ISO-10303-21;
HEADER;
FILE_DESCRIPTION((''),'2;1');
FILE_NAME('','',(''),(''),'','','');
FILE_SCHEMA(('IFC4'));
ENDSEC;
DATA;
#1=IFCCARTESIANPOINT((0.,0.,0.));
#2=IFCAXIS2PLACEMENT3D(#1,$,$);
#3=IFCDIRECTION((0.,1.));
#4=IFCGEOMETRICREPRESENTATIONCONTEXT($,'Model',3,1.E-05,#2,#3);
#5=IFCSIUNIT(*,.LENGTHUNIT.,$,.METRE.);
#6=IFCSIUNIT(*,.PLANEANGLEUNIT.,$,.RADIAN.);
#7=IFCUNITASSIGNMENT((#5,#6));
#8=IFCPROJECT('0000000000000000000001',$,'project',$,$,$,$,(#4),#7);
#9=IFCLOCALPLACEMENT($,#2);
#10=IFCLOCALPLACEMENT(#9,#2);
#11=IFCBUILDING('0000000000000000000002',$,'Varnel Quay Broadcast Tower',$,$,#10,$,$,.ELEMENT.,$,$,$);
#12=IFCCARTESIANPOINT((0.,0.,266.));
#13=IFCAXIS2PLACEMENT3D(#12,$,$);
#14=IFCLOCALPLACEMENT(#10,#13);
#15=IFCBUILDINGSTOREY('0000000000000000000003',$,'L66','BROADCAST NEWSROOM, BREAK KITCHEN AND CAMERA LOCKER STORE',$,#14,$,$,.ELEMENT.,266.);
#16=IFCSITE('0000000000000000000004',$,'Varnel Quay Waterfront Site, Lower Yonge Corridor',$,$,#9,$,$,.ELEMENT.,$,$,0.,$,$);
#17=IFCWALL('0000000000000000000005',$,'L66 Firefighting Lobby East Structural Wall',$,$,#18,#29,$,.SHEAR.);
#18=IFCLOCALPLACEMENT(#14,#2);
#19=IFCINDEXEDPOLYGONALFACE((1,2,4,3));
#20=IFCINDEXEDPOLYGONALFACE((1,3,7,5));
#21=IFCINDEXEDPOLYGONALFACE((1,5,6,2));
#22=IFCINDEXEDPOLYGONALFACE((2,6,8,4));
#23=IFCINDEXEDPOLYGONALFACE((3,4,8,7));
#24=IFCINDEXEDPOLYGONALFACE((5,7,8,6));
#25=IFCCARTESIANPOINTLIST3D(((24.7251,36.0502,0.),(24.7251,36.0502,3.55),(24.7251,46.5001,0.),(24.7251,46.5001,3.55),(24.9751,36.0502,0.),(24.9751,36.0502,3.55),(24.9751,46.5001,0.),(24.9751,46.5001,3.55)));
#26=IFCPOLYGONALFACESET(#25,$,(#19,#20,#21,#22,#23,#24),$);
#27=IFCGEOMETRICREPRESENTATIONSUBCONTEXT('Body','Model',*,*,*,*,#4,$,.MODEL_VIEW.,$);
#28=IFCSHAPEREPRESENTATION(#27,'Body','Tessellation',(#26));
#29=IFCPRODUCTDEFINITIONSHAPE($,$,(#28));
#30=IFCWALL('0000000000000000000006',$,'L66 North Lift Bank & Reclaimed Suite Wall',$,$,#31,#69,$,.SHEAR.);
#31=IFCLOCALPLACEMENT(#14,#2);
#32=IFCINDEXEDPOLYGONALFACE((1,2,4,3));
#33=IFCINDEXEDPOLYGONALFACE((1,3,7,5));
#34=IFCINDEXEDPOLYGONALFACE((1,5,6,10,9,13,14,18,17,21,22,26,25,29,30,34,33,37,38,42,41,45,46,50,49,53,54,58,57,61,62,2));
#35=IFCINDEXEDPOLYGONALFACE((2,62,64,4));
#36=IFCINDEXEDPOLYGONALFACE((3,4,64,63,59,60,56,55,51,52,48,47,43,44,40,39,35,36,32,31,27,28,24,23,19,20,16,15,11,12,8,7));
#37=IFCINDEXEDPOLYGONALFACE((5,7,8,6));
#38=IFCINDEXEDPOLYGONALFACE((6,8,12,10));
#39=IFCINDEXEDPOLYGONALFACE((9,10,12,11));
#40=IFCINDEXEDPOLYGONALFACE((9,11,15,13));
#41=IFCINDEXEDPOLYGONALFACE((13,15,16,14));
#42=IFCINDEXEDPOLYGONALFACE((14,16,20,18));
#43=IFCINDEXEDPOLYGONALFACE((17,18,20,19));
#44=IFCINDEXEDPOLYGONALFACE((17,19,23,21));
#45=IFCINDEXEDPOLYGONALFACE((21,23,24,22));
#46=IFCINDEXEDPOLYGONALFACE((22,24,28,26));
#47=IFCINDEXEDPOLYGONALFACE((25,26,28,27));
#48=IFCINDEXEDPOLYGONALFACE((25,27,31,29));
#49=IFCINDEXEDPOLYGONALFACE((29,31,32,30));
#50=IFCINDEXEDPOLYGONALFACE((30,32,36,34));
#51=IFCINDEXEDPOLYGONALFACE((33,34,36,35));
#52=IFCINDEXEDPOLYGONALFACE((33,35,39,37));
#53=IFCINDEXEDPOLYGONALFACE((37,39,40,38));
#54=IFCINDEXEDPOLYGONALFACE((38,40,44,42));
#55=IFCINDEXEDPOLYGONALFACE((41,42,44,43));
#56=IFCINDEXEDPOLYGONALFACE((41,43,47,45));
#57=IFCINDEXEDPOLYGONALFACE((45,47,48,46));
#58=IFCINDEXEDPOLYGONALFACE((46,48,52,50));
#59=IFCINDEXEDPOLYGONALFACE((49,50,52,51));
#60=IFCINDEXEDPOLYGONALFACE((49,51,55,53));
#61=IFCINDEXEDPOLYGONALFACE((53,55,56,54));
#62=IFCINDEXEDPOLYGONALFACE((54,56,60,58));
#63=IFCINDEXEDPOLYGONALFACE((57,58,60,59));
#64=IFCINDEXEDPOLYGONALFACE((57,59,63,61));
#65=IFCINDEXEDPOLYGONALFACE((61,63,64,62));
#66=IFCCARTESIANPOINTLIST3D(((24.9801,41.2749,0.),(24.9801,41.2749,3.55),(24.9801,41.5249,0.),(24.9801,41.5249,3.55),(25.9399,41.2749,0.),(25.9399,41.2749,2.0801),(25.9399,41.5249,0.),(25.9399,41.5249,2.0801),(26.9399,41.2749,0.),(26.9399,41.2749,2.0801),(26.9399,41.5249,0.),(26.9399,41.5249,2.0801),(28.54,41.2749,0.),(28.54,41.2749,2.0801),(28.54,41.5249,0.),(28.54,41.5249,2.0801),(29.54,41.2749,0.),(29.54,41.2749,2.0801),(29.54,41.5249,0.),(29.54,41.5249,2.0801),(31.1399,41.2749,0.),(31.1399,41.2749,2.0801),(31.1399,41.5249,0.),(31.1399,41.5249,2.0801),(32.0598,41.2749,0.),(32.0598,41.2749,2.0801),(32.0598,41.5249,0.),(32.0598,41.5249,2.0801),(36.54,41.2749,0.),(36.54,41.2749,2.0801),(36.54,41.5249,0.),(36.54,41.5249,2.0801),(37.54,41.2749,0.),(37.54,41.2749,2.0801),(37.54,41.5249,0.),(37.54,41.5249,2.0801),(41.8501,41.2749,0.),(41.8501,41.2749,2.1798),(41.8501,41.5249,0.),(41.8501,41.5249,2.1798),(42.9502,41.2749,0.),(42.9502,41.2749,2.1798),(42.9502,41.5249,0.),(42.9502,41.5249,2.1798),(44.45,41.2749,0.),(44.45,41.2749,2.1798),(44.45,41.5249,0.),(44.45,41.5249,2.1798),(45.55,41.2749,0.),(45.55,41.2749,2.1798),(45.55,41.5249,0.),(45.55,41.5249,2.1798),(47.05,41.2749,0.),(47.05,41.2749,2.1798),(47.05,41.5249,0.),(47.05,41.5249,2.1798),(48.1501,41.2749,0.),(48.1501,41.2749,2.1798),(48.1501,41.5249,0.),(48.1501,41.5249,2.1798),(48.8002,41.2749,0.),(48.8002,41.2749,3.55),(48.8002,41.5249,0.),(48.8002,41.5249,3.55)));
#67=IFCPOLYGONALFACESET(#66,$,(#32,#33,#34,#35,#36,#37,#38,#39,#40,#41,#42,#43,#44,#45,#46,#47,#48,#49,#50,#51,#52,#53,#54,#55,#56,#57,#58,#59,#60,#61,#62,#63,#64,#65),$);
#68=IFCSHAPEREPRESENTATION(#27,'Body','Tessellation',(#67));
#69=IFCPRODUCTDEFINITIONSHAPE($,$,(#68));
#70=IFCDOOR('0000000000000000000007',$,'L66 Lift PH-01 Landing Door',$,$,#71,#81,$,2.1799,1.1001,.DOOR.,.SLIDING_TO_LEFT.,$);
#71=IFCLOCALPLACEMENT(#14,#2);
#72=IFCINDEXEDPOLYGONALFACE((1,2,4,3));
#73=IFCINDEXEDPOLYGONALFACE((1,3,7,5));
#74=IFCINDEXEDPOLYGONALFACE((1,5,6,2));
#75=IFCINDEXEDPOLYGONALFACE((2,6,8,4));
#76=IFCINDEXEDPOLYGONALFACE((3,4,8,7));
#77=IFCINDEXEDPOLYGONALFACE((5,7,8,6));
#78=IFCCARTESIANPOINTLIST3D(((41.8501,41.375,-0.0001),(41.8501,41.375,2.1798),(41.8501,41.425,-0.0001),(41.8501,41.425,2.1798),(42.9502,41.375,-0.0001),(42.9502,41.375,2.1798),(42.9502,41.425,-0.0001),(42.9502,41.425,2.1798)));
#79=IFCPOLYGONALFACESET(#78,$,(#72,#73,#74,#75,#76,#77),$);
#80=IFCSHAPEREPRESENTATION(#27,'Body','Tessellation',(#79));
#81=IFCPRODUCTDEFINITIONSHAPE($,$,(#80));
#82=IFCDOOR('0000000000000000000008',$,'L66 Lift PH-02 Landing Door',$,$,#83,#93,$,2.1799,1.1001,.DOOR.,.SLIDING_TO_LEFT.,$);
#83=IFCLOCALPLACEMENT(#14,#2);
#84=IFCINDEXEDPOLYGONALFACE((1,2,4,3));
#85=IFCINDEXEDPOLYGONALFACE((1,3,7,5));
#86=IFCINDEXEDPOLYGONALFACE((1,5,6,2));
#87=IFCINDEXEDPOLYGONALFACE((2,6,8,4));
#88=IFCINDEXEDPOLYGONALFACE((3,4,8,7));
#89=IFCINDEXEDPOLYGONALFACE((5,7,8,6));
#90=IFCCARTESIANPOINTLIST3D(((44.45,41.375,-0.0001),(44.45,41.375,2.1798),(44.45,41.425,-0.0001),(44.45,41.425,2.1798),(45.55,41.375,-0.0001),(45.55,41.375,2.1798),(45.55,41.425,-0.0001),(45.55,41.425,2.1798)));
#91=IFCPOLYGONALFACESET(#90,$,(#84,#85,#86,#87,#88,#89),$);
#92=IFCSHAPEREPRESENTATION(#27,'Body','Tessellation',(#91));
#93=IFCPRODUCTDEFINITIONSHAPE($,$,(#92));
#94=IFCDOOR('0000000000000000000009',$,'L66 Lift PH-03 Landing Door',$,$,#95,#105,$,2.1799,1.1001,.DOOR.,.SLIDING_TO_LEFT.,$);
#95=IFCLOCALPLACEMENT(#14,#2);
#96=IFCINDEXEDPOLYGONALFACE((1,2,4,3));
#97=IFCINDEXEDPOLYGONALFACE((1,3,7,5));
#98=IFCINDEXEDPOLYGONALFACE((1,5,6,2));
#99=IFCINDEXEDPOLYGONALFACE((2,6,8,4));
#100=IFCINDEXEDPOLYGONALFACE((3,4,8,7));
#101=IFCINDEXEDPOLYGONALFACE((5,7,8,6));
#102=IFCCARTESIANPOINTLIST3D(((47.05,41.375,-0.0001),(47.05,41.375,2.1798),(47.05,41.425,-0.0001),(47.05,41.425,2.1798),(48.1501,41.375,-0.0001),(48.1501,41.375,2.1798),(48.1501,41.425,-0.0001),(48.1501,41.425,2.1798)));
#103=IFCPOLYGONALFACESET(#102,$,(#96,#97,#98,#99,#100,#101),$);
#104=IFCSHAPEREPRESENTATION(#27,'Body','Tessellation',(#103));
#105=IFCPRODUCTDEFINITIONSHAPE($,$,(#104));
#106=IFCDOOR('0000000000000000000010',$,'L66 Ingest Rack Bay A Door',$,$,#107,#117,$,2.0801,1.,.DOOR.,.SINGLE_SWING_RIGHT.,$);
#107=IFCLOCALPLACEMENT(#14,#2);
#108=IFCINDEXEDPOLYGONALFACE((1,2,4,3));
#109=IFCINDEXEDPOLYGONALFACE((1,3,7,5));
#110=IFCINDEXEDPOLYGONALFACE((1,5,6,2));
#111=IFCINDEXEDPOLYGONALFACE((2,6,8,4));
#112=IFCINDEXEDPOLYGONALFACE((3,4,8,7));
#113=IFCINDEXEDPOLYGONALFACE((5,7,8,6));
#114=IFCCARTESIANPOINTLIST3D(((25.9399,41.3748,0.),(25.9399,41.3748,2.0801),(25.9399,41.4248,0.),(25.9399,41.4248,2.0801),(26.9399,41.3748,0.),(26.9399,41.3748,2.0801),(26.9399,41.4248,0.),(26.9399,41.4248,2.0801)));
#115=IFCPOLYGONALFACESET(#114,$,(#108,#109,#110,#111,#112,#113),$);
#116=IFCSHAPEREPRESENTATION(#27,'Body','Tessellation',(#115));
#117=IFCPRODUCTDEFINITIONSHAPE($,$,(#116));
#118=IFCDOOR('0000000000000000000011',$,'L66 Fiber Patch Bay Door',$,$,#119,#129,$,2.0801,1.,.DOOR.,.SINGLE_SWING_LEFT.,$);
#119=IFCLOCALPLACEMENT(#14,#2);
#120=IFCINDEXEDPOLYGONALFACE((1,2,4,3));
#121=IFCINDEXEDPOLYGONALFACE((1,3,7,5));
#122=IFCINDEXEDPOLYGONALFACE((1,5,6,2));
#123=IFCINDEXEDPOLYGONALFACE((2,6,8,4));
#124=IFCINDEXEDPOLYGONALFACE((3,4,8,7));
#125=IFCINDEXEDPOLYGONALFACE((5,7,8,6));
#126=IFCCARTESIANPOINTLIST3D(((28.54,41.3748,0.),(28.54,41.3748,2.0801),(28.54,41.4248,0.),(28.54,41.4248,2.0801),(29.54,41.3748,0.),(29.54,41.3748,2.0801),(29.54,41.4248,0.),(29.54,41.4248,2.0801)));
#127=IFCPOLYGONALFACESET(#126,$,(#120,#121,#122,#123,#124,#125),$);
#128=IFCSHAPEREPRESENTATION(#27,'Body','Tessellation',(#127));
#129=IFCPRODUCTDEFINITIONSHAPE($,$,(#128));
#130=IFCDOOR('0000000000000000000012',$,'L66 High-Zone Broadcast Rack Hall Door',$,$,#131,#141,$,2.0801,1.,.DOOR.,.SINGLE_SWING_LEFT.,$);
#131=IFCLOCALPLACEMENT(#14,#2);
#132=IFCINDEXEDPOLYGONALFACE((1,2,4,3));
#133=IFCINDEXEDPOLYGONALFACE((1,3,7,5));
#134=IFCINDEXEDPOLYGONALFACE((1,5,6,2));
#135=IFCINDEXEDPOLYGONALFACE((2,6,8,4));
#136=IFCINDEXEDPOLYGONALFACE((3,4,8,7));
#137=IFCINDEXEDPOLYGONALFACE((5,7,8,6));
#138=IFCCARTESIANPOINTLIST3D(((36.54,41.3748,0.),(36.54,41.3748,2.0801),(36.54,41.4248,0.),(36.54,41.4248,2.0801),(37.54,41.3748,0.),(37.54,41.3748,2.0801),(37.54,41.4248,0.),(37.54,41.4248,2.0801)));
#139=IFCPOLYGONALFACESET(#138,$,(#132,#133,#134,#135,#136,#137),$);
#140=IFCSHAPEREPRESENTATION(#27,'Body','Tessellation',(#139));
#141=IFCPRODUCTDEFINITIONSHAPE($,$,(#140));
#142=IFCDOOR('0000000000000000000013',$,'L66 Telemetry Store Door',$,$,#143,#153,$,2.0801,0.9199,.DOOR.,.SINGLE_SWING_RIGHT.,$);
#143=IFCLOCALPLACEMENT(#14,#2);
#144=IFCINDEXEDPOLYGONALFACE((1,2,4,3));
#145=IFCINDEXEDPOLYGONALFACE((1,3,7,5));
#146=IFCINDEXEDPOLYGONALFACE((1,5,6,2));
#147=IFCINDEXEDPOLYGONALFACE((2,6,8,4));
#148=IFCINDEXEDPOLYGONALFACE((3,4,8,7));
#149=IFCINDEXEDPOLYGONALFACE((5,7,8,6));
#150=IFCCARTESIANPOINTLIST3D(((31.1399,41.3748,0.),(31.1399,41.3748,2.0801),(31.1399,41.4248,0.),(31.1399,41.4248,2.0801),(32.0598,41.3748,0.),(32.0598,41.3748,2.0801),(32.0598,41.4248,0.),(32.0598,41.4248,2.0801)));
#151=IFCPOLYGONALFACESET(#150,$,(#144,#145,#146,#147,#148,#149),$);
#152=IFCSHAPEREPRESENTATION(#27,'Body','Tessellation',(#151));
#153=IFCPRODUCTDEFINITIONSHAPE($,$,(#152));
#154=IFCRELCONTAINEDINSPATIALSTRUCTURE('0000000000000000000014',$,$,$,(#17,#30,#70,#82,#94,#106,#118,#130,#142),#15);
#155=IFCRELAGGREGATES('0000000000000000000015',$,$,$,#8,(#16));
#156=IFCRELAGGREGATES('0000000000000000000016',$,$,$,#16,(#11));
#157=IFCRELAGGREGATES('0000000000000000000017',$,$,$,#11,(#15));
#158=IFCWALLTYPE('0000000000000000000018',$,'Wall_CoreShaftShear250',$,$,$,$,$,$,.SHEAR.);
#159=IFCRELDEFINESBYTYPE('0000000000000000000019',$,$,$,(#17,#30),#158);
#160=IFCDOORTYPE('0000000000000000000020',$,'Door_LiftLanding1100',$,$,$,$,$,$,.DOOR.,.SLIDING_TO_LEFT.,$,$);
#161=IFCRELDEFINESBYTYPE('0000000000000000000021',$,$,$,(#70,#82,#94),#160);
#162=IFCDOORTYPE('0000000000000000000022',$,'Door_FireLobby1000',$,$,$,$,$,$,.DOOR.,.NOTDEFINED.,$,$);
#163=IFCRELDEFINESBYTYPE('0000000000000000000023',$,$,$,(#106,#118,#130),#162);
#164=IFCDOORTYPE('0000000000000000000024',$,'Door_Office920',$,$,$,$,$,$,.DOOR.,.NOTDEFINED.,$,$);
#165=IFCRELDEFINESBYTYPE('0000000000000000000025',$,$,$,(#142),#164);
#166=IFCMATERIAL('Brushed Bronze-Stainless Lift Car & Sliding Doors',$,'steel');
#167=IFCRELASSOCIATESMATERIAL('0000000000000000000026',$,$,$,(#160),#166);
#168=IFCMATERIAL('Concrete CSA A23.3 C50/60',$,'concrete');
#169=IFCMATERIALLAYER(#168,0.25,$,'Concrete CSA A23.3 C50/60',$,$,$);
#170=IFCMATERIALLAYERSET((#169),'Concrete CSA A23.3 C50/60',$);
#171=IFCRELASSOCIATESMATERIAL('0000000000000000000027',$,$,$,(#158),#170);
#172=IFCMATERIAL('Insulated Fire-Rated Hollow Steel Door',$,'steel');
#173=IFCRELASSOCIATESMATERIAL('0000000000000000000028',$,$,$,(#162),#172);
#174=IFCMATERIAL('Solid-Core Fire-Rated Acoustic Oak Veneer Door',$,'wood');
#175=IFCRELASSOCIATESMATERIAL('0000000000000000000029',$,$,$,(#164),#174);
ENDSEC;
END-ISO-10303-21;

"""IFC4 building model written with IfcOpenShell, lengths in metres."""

from ifc_helpers import new_model, si_unit, direction, frame, frame_2d, origin, place, context, subcontext, project, spatial, rectangle, extrude, source, transform, mapped, material, layer, layer_set, type_object, type_shapes, element, fill, save


model = new_model("IFC4")

# Units and contexts
model_context = context("Model", 3, precision=1e-05, world=origin(), true_north=direction((0.0, 1.0)))
body_context = subcontext(model_context, "Body", "Model", "MODEL_VIEW")
ifc_project = project(units=[si_unit("LENGTHUNIT", "METRE"), si_unit("PLANEANGLEUNIT", "RADIAN")], contexts=[model_context])

# Site, building, storey
site_placement = place(None, origin())
site = spatial("IfcSite", under=ifc_project, at=site_placement, Name="Varnel Quay Waterfront Site, Lower Yonge Corridor", CompositionType="ELEMENT", RefElevation=0.0)
building_placement = place(site_placement, origin())
building = spatial("IfcBuilding", under=site, at=building_placement, Name="Varnel Quay Broadcast Tower", CompositionType="ELEMENT")
storey_placement = place(building_placement, frame((0.0, 0.0, 266.0)))
storey = spatial("IfcBuildingStorey", under=building, at=storey_placement, Name="L66", Description="BROADCAST NEWSROOM, BREAK KITCHEN AND CAMERA LOCKER STORE", CompositionType="ELEMENT", Elevation=266.0)

# Shared definitions
ifc_material_1 = material(Name="Concrete CSA A23.3 C50/60", Category="concrete")
ifc_material_2 = material(Name="Insulated Fire-Rated Hollow Steel Door", Category="steel")

# Shared definitions
ifc_material_3 = material(Name="Brushed Bronze-Stainless Lift Car & Sliding Doors", Category="steel")
door_type_1 = type_object("IfcDoorType", Name="Door_LiftLanding1100", OperationType="SLIDING_TO_LEFT", PredefinedType="DOOR", material=ifc_material_3)
shared_shape_1 = source(origin(), body_context, "Body", "SweptSolid", [
    extrude(rectangle(XDim=1.1001, YDim=2.1799, at=frame_2d((0.55, 1.0898))), frame((0.0, 0.0249, 0.0), z_axis=(0.0, -1.0, 0.0), x_axis=(1.0, 0.0, 0.0)), (0.0, 0.0, 1.0), 0.05),
])
type_shapes(door_type_1, [shared_shape_1])

# Wall
ifc_layer_1 = layer(ifc_material_1, 0.25, Name="Concrete CSA A23.3 C50/60")
ifc_layer_set_1 = layer_set([ifc_layer_1], Name="Concrete CSA A23.3 C50/60")
wall_type_1 = type_object("IfcWallType", Name="Wall_CoreShaftShear250", PredefinedType="SHEAR", material=ifc_layer_set_1)
wall_1_placement = place(storey_placement, frame((24.8501, 36.05, 0.0), z_axis=(0.0, 0.0, 1.0), x_axis=(0.0, 1.0, 0.0)))
element("IfcWall", 1, at=wall_1_placement, inside=storey, type_object=wall_type_1, Name="L66 Firefighting Lobby East Structural Wall", PredefinedType="SHEAR", context=body_context, shape_type="SweptSolid", body=[
    extrude(rectangle(XDim=10.45, YDim=0.25, at=frame_2d((5.2251, 0.0))), origin(), (0.0, 0.0, 1.0), 3.55),
])

# Wall, openings, doors
wall_2_placement = place(storey_placement, frame((24.98, 41.3999, 0.0), z_axis=(0.0, 0.0, 1.0), x_axis=(1.0, 0.0, 0.0)))
wall_2 = element("IfcWall", 2, at=wall_2_placement, inside=storey, type_object=wall_type_1, Name="L66 North Lift Bank & Reclaimed Suite Wall", PredefinedType="SHEAR", context=body_context, shape_type="SweptSolid", body=[
    extrude(rectangle(XDim=23.8201, YDim=0.25, at=frame_2d((11.9102, 0.0))), origin(), (0.0, 0.0, 1.0), 3.55),
])
opening_1_placement = place(wall_2_placement, frame((16.8701, 0.0, 0.0)))
opening_1 = element("IfcOpeningElement", 3, at=opening_1_placement, cuts=wall_2, PredefinedType="OPENING", context=body_context, shape_type="SweptSolid", body=[
    extrude(rectangle(XDim=1.1001, YDim=2.1799, at=frame_2d((0.55, 1.0898))), frame((0.0, 0.135, 0.0), z_axis=(0.0, -1.0, 0.0), x_axis=(1.0, 0.0, 0.0)), (0.0, 0.0, 1.0), 0.27),
])
opening_2_placement = place(wall_2_placement, frame((19.47, 0.0, 0.0)))
opening_2 = element("IfcOpeningElement", 4, at=opening_2_placement, cuts=wall_2, PredefinedType="OPENING", context=body_context, shape_type="SweptSolid", body=[
    extrude(rectangle(XDim=1.1001, YDim=2.1799, at=frame_2d((0.55, 1.0898))), frame((0.0, 0.135, 0.0), z_axis=(0.0, -1.0, 0.0), x_axis=(1.0, 0.0, 0.0)), (0.0, 0.0, 1.0), 0.27),
])
opening_3_placement = place(wall_2_placement, frame((22.0701, 0.0, 0.0)))
opening_3 = element("IfcOpeningElement", 5, at=opening_3_placement, cuts=wall_2, PredefinedType="OPENING", context=body_context, shape_type="SweptSolid", body=[
    extrude(rectangle(XDim=1.1001, YDim=2.1799, at=frame_2d((0.55, 1.0898))), frame((0.0, 0.135, 0.0), z_axis=(0.0, -1.0, 0.0), x_axis=(1.0, 0.0, 0.0)), (0.0, 0.0, 1.0), 0.27),
])
opening_4_placement = place(wall_2_placement, frame((0.96, 0.0, 0.0)))
opening_4 = element("IfcOpeningElement", 6, at=opening_4_placement, cuts=wall_2, PredefinedType="OPENING", context=body_context, shape_type="SweptSolid", body=[
    extrude(rectangle(XDim=1.0, YDim=2.0801, at=frame_2d((0.5, 1.04))), frame((0.0, 0.135, 0.0), z_axis=(0.0, -1.0, 0.0), x_axis=(1.0, 0.0, 0.0)), (0.0, 0.0, 1.0), 0.27),
])
opening_5_placement = place(wall_2_placement, frame((3.5601, 0.0, 0.0)))
opening_5 = element("IfcOpeningElement", 7, at=opening_5_placement, cuts=wall_2, PredefinedType="OPENING", context=body_context, shape_type="SweptSolid", body=[
    extrude(rectangle(XDim=1.0, YDim=2.0801, at=frame_2d((0.5, 1.04))), frame((0.0, 0.135, 0.0), z_axis=(0.0, -1.0, 0.0), x_axis=(1.0, 0.0, 0.0)), (0.0, 0.0, 1.0), 0.27),
])
opening_6_placement = place(wall_2_placement, frame((6.1599, 0.0, 0.0)))
opening_6 = element("IfcOpeningElement", 8, at=opening_6_placement, cuts=wall_2, PredefinedType="OPENING", context=body_context, shape_type="SweptSolid", body=[
    extrude(rectangle(XDim=0.9199, YDim=2.0801, at=frame_2d((0.46, 1.04))), frame((0.0, 0.135, 0.0), z_axis=(0.0, -1.0, 0.0), x_axis=(1.0, 0.0, 0.0)), (0.0, 0.0, 1.0), 0.27),
])
opening_7_placement = place(wall_2_placement, frame((11.5601, 0.0, 0.0)))
opening_7 = element("IfcOpeningElement", 9, at=opening_7_placement, cuts=wall_2, PredefinedType="OPENING", context=body_context, shape_type="SweptSolid", body=[
    extrude(rectangle(XDim=1.0, YDim=2.0801, at=frame_2d((0.5, 1.04))), frame((0.0, 0.135, 0.0), z_axis=(0.0, -1.0, 0.0), x_axis=(1.0, 0.0, 0.0)), (0.0, 0.0, 1.0), 0.27),
])
door_1_placement = place(opening_1_placement, frame((1.1001, 0.0, 0.0), z_axis=(0.0, 0.0, 1.0), x_axis=(-1.0, 0.0, 0.0)))
door_1 = element("IfcDoor", 10, at=door_1_placement, inside=storey, type_object=door_type_1, Name="L66 Lift PH-01 Landing Door", OperationType="SLIDING_TO_LEFT", OverallHeight=2.1799, OverallWidth=1.1001, PredefinedType="DOOR", context=body_context, shape_type="MappedRepresentation", body=[
    mapped(shared_shape_1, transform((0.0, 0.0, 0.0), x_axis=(1.0, 0.0, 0.0), y_axis=(0.0, 1.0, 0.0), z_axis=(0.0, 0.0, 1.0), scale=1.0)),
])
fill(opening_1, door_1)
door_2_placement = place(opening_2_placement, frame((1.1001, 0.0, 0.0), z_axis=(0.0, 0.0, 1.0), x_axis=(-1.0, 0.0, 0.0)))
door_2 = element("IfcDoor", 11, at=door_2_placement, inside=storey, type_object=door_type_1, Name="L66 Lift PH-02 Landing Door", OperationType="SLIDING_TO_LEFT", OverallHeight=2.1799, OverallWidth=1.1001, PredefinedType="DOOR", context=body_context, shape_type="MappedRepresentation", body=[
    mapped(shared_shape_1, transform((0.0, 0.0, 0.0), x_axis=(1.0, 0.0, 0.0), y_axis=(0.0, 1.0, 0.0), z_axis=(0.0, 0.0, 1.0), scale=1.0)),
])
fill(opening_2, door_2)
door_3_placement = place(opening_3_placement, frame((1.1001, 0.0, 0.0), z_axis=(0.0, 0.0, 1.0), x_axis=(-1.0, 0.0, 0.0)))
door_3 = element("IfcDoor", 12, at=door_3_placement, inside=storey, type_object=door_type_1, Name="L66 Lift PH-03 Landing Door", OperationType="SLIDING_TO_LEFT", OverallHeight=2.1799, OverallWidth=1.1001, PredefinedType="DOOR", context=body_context, shape_type="MappedRepresentation", body=[
    mapped(shared_shape_1, transform((0.0, 0.0, 0.0), x_axis=(1.0, 0.0, 0.0), y_axis=(0.0, 1.0, 0.0), z_axis=(0.0, 0.0, 1.0), scale=1.0)),
])
fill(opening_3, door_3)
door_type_2 = type_object("IfcDoorType", Name="Door_FireLobby1000", OperationType="NOTDEFINED", PredefinedType="DOOR", material=ifc_material_2)
shared_shape_2 = source(origin(), body_context, "Body", "SweptSolid", [
    extrude(rectangle(XDim=1.0, YDim=2.0801, at=frame_2d((0.5, 1.04))), frame((0.0, 0.0249, 0.0), z_axis=(0.0, -1.0, 0.0), x_axis=(1.0, 0.0, 0.0)), (0.0, 0.0, 1.0), 0.05),
])
type_shapes(door_type_2, [shared_shape_2])
door_4_placement = place(opening_4_placement, origin())
door_4 = element("IfcDoor", 13, at=door_4_placement, inside=storey, type_object=door_type_2, Name="L66 Ingest Rack Bay A Door", OperationType="SINGLE_SWING_RIGHT", OverallHeight=2.0801, OverallWidth=1.0, PredefinedType="DOOR", context=body_context, shape_type="MappedRepresentation", body=[
    mapped(shared_shape_2, transform((0.0, 0.0, 0.0), x_axis=(1.0, 0.0, 0.0), y_axis=(0.0, 1.0, 0.0), z_axis=(0.0, 0.0, 1.0), scale=1.0)),
])
fill(opening_4, door_4)
door_5_placement = place(opening_5_placement, origin())
door_5 = element("IfcDoor", 14, at=door_5_placement, inside=storey, type_object=door_type_2, Name="L66 Fiber Patch Bay Door", OperationType="SINGLE_SWING_LEFT", OverallHeight=2.0801, OverallWidth=1.0, PredefinedType="DOOR", context=body_context, shape_type="MappedRepresentation", body=[
    mapped(shared_shape_2, transform((0.0, 0.0, 0.0), x_axis=(1.0, 0.0, 0.0), y_axis=(0.0, 1.0, 0.0), z_axis=(0.0, 0.0, 1.0), scale=1.0)),
])
fill(opening_5, door_5)
door_6_placement = place(opening_7_placement, origin())
door_6 = element("IfcDoor", 15, at=door_6_placement, inside=storey, type_object=door_type_2, Name="L66 High-Zone Broadcast Rack Hall Door", OperationType="SINGLE_SWING_LEFT", OverallHeight=2.0801, OverallWidth=1.0, PredefinedType="DOOR", context=body_context, shape_type="MappedRepresentation", body=[
    mapped(shared_shape_2, transform((0.0, 0.0, 0.0), x_axis=(1.0, 0.0, 0.0), y_axis=(0.0, 1.0, 0.0), z_axis=(0.0, 0.0, 1.0), scale=1.0)),
])
fill(opening_7, door_6)
ifc_material_4 = material(Name="Solid-Core Fire-Rated Acoustic Oak Veneer Door", Category="wood")
door_type_3 = type_object("IfcDoorType", Name="Door_Office920", OperationType="NOTDEFINED", PredefinedType="DOOR", material=ifc_material_4)
shared_shape_3 = source(origin(), body_context, "Body", "SweptSolid", [
    extrude(rectangle(XDim=0.9199, YDim=2.0801, at=frame_2d((0.46, 1.04))), frame((0.0, 0.0249, 0.0), z_axis=(0.0, -1.0, 0.0), x_axis=(1.0, 0.0, 0.0)), (0.0, 0.0, 1.0), 0.05),
])
type_shapes(door_type_3, [shared_shape_3])
door_7_placement = place(opening_6_placement, origin())
door_7 = element("IfcDoor", 16, at=door_7_placement, inside=storey, type_object=door_type_3, Name="L66 Telemetry Store Door", OperationType="SINGLE_SWING_RIGHT", OverallHeight=2.0801, OverallWidth=0.9199, PredefinedType="DOOR", context=body_context, shape_type="MappedRepresentation", body=[
    mapped(shared_shape_3, transform((0.0, 0.0, 0.0), x_axis=(1.0, 0.0, 0.0), y_axis=(0.0, 1.0, 0.0), z_axis=(0.0, 0.0, 1.0), scale=1.0)),
])
fill(opening_6, door_7)

save(model, "model.ifc")
